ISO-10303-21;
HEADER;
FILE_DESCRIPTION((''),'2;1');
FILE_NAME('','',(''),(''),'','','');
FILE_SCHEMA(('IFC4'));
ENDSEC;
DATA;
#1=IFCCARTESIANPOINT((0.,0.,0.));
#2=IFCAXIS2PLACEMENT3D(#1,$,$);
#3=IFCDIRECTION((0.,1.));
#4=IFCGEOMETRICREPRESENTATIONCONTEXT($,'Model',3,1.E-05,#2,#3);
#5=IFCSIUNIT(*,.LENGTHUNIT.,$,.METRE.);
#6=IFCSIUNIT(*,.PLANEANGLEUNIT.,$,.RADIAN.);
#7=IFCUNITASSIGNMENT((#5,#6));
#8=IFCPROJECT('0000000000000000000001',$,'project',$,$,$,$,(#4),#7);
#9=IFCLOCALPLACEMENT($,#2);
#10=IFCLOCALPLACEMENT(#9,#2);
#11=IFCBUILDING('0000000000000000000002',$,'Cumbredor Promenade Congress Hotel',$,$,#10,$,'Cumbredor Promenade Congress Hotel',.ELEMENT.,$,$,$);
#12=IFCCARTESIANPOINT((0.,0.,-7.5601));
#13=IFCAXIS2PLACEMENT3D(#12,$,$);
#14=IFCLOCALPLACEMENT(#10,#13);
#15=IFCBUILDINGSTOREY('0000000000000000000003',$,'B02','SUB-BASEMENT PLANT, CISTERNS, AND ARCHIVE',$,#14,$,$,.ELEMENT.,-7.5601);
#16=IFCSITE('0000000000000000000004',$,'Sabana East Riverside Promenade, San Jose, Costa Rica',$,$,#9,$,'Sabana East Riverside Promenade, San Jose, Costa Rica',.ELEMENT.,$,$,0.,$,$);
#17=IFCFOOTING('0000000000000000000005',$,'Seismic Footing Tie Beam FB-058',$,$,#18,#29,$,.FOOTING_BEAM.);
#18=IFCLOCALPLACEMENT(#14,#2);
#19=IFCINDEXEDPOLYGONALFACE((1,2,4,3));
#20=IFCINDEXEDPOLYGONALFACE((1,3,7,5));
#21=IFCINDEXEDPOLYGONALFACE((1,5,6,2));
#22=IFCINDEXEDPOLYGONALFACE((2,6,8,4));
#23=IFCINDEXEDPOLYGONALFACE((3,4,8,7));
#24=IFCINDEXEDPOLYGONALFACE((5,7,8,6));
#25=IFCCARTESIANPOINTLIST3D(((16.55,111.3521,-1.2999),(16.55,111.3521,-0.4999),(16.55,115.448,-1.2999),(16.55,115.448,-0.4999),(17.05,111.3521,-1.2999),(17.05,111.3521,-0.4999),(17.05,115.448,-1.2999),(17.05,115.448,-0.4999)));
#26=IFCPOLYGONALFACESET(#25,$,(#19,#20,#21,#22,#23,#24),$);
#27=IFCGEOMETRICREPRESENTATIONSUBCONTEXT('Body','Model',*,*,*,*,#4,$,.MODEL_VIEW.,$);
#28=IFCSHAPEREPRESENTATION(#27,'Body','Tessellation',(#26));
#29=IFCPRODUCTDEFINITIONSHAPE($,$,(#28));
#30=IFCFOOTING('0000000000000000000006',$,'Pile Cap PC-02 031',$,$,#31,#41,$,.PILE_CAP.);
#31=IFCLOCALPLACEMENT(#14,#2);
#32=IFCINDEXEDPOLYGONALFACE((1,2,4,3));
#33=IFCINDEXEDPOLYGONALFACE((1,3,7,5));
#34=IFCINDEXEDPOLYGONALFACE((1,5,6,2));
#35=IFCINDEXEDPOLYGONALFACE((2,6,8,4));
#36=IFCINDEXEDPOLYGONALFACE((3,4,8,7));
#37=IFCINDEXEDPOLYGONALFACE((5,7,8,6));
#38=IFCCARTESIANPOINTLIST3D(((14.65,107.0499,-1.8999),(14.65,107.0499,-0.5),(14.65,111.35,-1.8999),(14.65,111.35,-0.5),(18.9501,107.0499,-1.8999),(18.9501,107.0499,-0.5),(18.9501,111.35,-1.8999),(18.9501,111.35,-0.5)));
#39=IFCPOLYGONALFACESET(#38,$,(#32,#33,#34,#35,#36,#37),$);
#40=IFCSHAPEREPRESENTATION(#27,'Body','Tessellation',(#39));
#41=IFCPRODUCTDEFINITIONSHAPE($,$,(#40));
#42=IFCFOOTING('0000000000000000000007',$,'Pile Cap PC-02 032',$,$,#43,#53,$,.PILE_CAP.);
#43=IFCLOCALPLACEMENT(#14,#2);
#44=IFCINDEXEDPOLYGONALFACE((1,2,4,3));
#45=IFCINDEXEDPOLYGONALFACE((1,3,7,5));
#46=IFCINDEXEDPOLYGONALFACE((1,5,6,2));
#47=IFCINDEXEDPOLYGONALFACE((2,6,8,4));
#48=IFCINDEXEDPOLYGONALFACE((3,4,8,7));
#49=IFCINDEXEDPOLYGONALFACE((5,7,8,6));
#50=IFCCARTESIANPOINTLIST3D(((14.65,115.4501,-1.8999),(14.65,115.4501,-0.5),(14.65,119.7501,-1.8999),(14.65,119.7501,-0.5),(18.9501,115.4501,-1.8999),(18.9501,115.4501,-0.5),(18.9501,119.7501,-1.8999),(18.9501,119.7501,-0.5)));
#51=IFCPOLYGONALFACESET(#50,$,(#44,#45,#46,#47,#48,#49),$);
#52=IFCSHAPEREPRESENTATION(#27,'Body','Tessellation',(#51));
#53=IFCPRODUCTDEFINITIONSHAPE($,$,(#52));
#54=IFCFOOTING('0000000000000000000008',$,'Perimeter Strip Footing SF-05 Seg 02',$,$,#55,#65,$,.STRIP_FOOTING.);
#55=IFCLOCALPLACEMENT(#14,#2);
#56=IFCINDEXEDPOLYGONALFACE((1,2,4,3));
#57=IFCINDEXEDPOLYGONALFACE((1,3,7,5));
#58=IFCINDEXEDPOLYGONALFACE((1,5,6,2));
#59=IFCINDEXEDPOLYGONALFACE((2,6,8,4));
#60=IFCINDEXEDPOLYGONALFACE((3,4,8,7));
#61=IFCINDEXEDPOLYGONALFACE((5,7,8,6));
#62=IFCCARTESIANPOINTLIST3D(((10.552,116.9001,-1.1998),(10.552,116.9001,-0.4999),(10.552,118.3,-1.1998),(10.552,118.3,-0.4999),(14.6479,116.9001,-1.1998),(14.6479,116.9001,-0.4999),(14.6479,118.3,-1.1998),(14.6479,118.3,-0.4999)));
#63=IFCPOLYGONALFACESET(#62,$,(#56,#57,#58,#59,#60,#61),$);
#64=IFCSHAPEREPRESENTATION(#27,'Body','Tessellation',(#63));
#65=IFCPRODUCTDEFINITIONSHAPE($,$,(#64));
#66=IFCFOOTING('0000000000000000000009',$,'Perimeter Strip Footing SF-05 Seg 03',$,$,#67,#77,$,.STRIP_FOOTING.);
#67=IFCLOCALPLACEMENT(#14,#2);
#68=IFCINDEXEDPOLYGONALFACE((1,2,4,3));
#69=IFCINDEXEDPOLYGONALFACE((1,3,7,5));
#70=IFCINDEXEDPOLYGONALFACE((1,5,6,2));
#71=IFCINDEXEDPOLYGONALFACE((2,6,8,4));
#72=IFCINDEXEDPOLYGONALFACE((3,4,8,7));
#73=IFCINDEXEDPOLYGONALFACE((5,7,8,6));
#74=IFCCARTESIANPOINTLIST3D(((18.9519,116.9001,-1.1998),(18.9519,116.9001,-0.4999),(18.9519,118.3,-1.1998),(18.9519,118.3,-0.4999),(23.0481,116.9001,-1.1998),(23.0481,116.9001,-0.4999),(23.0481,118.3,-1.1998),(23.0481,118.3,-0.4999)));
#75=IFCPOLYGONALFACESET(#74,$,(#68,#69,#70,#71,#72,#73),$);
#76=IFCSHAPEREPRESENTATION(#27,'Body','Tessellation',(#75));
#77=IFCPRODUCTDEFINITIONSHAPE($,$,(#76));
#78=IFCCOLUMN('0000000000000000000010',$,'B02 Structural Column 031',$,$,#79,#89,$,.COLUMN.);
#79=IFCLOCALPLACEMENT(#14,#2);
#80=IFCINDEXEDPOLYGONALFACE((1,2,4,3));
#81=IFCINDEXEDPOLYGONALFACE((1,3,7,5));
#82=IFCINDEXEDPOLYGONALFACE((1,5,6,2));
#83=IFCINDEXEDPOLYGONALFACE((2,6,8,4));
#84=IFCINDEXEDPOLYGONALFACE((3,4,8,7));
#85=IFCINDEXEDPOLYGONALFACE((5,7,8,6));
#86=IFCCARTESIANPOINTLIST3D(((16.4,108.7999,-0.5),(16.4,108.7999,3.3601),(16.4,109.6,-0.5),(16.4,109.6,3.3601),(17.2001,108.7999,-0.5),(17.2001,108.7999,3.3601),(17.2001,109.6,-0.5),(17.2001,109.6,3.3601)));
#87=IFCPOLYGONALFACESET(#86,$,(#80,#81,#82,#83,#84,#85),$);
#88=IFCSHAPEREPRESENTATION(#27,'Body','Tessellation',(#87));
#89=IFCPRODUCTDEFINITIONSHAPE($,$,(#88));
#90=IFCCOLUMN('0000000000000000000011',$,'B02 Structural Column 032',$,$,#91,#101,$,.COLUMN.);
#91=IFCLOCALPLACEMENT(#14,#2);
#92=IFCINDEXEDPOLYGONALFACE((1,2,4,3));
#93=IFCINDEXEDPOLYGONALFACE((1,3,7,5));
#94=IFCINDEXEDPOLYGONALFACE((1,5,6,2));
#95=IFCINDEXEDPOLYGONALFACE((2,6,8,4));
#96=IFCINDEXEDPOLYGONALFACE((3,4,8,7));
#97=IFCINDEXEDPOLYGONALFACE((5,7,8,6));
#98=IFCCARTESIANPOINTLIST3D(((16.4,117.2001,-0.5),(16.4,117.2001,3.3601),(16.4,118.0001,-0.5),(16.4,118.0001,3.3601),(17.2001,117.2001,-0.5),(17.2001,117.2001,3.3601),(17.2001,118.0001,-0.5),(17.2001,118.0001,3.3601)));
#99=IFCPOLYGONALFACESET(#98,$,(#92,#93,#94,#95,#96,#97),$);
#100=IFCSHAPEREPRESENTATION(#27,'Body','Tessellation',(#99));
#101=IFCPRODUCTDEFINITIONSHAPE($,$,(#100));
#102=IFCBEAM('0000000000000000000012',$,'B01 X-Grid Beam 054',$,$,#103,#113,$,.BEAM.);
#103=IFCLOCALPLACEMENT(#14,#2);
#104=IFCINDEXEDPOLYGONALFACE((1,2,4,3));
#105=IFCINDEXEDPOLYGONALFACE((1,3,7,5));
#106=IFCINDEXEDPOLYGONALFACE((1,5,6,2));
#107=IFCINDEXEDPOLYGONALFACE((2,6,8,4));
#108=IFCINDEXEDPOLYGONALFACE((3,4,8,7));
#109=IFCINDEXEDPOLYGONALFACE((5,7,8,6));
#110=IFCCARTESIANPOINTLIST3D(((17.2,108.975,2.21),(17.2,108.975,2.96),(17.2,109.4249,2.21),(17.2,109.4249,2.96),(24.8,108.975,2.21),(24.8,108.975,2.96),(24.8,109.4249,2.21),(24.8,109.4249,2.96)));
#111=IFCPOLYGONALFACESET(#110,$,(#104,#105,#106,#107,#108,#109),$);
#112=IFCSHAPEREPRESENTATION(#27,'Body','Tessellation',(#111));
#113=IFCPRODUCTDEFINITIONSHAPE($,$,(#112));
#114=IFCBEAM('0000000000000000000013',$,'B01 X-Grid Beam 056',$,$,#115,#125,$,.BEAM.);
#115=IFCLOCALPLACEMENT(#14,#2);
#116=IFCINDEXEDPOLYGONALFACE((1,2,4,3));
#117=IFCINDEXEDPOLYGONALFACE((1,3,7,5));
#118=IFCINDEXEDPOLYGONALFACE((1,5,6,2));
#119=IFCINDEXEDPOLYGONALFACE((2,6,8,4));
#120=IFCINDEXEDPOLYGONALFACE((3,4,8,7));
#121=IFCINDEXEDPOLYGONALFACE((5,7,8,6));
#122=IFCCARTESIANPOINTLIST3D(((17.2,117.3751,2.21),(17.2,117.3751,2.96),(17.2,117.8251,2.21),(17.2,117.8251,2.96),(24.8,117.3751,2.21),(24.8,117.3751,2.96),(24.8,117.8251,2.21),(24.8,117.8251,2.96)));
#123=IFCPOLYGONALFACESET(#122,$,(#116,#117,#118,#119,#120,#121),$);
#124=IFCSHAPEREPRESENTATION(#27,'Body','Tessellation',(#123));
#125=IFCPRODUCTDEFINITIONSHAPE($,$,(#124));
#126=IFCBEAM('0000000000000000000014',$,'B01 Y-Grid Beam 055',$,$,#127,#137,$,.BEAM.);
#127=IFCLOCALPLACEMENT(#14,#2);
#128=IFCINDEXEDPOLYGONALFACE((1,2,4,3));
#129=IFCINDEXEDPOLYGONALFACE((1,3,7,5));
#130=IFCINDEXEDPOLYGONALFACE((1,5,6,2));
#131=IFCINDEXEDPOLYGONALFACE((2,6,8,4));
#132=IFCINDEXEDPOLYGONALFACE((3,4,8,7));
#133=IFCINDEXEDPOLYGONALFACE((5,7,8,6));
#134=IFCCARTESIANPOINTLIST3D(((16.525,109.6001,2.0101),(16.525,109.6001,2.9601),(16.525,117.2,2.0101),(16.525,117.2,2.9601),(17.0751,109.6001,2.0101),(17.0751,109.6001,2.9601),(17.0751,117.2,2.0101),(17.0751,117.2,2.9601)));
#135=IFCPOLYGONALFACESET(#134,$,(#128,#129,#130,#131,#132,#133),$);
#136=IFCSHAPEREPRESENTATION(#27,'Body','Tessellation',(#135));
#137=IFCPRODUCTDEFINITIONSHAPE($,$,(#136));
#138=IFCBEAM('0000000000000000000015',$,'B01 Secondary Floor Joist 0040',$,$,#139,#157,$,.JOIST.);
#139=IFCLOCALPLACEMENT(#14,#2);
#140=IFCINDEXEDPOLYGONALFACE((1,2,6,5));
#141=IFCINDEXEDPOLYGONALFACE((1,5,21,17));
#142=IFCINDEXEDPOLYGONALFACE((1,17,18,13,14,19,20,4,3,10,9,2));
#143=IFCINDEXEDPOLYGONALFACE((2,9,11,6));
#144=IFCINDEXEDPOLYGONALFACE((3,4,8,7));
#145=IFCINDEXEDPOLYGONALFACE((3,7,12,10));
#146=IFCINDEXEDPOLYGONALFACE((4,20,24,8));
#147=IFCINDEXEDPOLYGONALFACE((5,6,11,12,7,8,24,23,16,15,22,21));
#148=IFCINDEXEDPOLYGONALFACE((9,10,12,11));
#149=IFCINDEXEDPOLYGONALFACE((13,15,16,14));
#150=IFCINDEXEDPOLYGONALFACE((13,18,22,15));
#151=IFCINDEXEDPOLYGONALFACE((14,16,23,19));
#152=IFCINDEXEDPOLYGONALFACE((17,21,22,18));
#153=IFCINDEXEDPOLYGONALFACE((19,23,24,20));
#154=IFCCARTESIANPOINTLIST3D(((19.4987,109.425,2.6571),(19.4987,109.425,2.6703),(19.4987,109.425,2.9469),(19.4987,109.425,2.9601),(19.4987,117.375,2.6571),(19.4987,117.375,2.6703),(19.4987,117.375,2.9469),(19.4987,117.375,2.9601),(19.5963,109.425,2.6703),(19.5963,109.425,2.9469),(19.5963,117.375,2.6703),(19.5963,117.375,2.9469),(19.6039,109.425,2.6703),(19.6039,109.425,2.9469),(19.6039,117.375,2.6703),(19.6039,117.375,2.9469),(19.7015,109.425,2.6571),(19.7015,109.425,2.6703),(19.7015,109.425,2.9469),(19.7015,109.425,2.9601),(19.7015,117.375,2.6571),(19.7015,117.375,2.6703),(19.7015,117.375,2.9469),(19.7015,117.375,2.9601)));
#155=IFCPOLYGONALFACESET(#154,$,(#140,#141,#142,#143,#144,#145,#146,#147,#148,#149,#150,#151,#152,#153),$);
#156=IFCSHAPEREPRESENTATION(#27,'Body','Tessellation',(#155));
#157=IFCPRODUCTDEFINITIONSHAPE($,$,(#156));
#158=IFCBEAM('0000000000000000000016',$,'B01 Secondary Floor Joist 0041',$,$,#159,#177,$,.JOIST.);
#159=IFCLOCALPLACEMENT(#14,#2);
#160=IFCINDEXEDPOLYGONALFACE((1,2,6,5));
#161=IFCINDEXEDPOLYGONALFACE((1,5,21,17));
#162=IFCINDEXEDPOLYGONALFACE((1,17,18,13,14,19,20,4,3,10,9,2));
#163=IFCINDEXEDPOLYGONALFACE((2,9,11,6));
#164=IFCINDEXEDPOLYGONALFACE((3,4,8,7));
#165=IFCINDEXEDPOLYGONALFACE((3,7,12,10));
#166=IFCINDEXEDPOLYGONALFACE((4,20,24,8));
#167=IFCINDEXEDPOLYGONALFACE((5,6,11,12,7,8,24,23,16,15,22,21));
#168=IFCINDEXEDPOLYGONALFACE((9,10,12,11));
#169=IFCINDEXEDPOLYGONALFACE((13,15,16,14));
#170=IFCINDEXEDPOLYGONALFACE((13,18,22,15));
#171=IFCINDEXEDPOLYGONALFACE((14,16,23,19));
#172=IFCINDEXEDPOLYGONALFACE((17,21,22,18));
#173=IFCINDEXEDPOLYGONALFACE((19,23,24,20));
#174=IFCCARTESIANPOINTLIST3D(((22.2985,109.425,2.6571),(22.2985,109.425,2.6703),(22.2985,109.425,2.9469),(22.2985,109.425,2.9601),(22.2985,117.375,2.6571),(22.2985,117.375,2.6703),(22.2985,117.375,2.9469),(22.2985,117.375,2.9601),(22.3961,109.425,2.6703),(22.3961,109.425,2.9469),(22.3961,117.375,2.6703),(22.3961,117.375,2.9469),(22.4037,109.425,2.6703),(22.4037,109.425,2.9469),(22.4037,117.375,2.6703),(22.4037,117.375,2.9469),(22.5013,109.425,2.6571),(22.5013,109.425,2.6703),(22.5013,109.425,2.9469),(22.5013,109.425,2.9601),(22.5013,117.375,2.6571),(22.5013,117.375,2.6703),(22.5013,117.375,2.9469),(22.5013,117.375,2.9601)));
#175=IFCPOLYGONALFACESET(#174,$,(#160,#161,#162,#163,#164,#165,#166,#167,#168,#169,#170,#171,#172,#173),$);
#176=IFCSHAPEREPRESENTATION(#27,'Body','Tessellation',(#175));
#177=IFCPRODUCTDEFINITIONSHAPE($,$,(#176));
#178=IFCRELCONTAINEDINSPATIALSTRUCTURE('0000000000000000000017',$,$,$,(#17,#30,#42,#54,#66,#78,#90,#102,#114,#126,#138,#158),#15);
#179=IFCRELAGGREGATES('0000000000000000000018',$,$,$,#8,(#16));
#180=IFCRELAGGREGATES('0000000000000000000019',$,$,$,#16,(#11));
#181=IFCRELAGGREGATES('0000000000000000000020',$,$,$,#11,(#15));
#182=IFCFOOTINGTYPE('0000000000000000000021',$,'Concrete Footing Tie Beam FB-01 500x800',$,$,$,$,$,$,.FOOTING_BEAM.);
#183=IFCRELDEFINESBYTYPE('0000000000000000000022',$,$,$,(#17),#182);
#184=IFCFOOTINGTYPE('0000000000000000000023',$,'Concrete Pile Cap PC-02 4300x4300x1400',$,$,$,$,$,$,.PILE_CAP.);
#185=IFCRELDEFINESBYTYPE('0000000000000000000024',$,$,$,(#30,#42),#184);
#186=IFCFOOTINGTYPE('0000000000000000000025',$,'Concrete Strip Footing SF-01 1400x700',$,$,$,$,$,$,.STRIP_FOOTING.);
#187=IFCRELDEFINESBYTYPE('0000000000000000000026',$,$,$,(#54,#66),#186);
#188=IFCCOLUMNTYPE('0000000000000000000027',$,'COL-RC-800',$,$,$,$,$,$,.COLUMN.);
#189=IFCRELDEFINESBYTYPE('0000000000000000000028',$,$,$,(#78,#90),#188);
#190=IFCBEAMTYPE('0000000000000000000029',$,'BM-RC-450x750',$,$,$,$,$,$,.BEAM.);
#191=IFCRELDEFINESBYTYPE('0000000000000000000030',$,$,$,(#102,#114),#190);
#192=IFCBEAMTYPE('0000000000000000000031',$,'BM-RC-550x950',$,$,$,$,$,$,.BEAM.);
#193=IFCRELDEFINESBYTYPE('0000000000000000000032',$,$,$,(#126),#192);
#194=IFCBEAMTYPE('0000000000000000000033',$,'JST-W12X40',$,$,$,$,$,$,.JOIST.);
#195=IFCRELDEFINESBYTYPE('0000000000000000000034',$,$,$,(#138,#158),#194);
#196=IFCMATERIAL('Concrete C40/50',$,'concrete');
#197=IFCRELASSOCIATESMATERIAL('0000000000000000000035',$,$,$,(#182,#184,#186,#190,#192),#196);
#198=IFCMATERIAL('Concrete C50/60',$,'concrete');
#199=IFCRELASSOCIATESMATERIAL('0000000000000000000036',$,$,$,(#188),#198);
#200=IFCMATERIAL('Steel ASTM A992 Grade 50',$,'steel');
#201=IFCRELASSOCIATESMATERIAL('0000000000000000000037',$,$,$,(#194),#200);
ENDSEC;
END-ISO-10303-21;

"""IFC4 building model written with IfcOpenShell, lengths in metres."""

from ifc_helpers import new_model, si_unit, direction, frame, origin, origin_2d, place, context, subcontext, project, spatial, rectangle, i_section, extrude, material, material_profile, profile_set, type_object, element, save


model = new_model("IFC4")

# Units and contexts
model_context = context("Model", 3, precision=1e-05, world=origin(), true_north=direction((0.0, 1.0)))
body_context = subcontext(model_context, "Body", "Model", "MODEL_VIEW")
ifc_project = project(units=[si_unit("LENGTHUNIT", "METRE"), si_unit("PLANEANGLEUNIT", "RADIAN")], contexts=[model_context])

# Site, building, storey
site_placement = place(None, origin())
site = spatial("IfcSite", under=ifc_project, at=site_placement, Name="Sabana East Riverside Promenade, San Jose, Costa Rica", LongName="Sabana East Riverside Promenade, San Jose, Costa Rica", CompositionType="ELEMENT", RefElevation=0.0)
building_placement = place(site_placement, origin())
building = spatial("IfcBuilding", under=site, at=building_placement, Name="Cumbredor Promenade Congress Hotel", LongName="Cumbredor Promenade Congress Hotel", CompositionType="ELEMENT")
storey_placement = place(building_placement, frame((0.0, 0.0, -7.5601)))
storey = spatial("IfcBuildingStorey", under=building, at=storey_placement, Name="B02", Description="SUB-BASEMENT PLANT, CISTERNS, AND ARCHIVE", CompositionType="ELEMENT", Elevation=-7.5601)

# Shared definitions
ifc_material_1 = material(Name="Concrete C40/50", Category="concrete")

# Footings
ifc_material_profile_1 = material_profile(ifc_material_1, rectangle(XDim=0.5, YDim=0.8, at=origin_2d()), Name="FB 500x800")
ifc_profile_set_1 = profile_set([ifc_material_profile_1], Name="Concrete C40/50")
footing_type_1 = type_object("IfcFootingType", Name="Concrete Footing Tie Beam FB-01 500x800", PredefinedType="FOOTING_BEAM", material=ifc_profile_set_1)
footing_1_placement = place(storey_placement, frame((16.8, 111.3521, -0.8999), z_axis=(0.0, 1.0, 0.0), x_axis=(-1.0, 0.0, 0.0)))
element("IfcFooting", 1, at=footing_1_placement, inside=storey, type_object=footing_type_1, Name="Seismic Footing Tie Beam FB-058", PredefinedType="FOOTING_BEAM", context=body_context, shape_type="SweptSolid", body=[
    extrude(rectangle(XDim=0.5, YDim=0.8, at=origin_2d()), origin(), (0.0, 0.0, 1.0), 4.0959),
])
footing_type_2 = type_object("IfcFootingType", Name="Concrete Pile Cap PC-02 4300x4300x1400", PredefinedType="PILE_CAP", material=ifc_material_1)
for number, where, z_axis, x_axis, name in (
    (2, (16.8, 109.2, -1.8999), (0.0, 0.0, 1.0), (1.0, 0.0, 0.0), "Pile Cap PC-02 031"),
    (3, (16.8, 117.6001, -1.8999), (0.0, 0.0, 1.0), (1.0, 0.0, 0.0), "Pile Cap PC-02 032"),
):
    element("IfcFooting", number, at=place(storey_placement, frame(where, z_axis=z_axis, x_axis=x_axis)), inside=storey, type_object=footing_type_2, Name=name, PredefinedType="PILE_CAP", context=body_context, shape_type="SweptSolid", body=[
        extrude(rectangle(XDim=4.3, YDim=4.3, at=origin_2d()), origin(), (0.0, 0.0, 1.0), 1.3999),
    ])
ifc_material_profile_2 = material_profile(ifc_material_1, rectangle(XDim=1.3999, YDim=0.7, at=origin_2d()), Name="SF 1400x700")
ifc_profile_set_2 = profile_set([ifc_material_profile_2], Name="Concrete C40/50")
footing_type_3 = type_object("IfcFootingType", Name="Concrete Strip Footing SF-01 1400x700", PredefinedType="STRIP_FOOTING", material=ifc_profile_set_2)
footing_2_placement = place(storey_placement, frame((10.552, 117.6001, -0.8499), z_axis=(1.0, 0.0, 0.0), x_axis=(0.0, 1.0, 0.0)))
element("IfcFooting", 4, at=footing_2_placement, inside=storey, type_object=footing_type_3, Name="Perimeter Strip Footing SF-05 Seg 02", PredefinedType="STRIP_FOOTING", context=body_context, shape_type="SweptSolid", body=[
    extrude(rectangle(XDim=1.3999, YDim=0.7, at=origin_2d()), origin(), (0.0, 0.0, 1.0), 4.0959),
])
footing_3_placement = place(storey_placement, frame((18.9519, 117.6001, -0.8499), z_axis=(1.0, 0.0, 0.0), x_axis=(0.0, 1.0, 0.0)))
element("IfcFooting", 5, at=footing_3_placement, inside=storey, type_object=footing_type_3, Name="Perimeter Strip Footing SF-05 Seg 03", PredefinedType="STRIP_FOOTING", context=body_context, shape_type="SweptSolid", body=[
    extrude(rectangle(XDim=1.3999, YDim=0.7, at=origin_2d()), origin(), (0.0, 0.0, 1.0), 4.0962),
])

# Columns
ifc_material_2 = material(Name="Concrete C50/60", Category="concrete")
ifc_material_profile_3 = material_profile(ifc_material_2, rectangle(XDim=0.8, YDim=0.8, at=origin_2d()), Name="RC 800x800")
ifc_profile_set_3 = profile_set([ifc_material_profile_3], Name="Concrete C50/60")
column_type = type_object("IfcColumnType", Name="COL-RC-800", PredefinedType="COLUMN", material=ifc_profile_set_3)
for number, where, z_axis, x_axis, name in (
    (6, (16.8, 109.2, -0.5), (0.0, 0.0, 1.0), (1.0, 0.0, 0.0), "B02 Structural Column 031"),
    (7, (16.8, 117.6001, -0.5), (0.0, 0.0, 1.0), (1.0, 0.0, 0.0), "B02 Structural Column 032"),
):
    element("IfcColumn", number, at=place(storey_placement, frame(where, z_axis=z_axis, x_axis=x_axis)), inside=storey, type_object=column_type, Name=name, PredefinedType="COLUMN", context=body_context, shape_type="SweptSolid", body=[
        extrude(rectangle(XDim=0.8, YDim=0.8, at=origin_2d()), origin(), (0.0, 0.0, 1.0), 3.8601),
    ])

# Beams
ifc_material_profile_4 = material_profile(ifc_material_1, rectangle(XDim=0.45, YDim=0.75, at=origin_2d()), Name="RC BEAM 450x750")
ifc_profile_set_4 = profile_set([ifc_material_profile_4], Name="Concrete C40/50")
beam_type_1 = type_object("IfcBeamType", Name="BM-RC-450x750", PredefinedType="BEAM", material=ifc_profile_set_4)
for number, where, z_axis, x_axis, name in (
    (8, (17.2, 109.2, 2.585), (1.0, 0.0, 0.0), (0.0, 1.0, 0.0), "B01 X-Grid Beam 054"),
    (9, (17.2, 117.6001, 2.585), (1.0, 0.0, 0.0), (0.0, 1.0, 0.0), "B01 X-Grid Beam 056"),
):
    element("IfcBeam", number, at=place(storey_placement, frame(where, z_axis=z_axis, x_axis=x_axis)), inside=storey, type_object=beam_type_1, Name=name, PredefinedType="BEAM", context=body_context, shape_type="SweptSolid", body=[
        extrude(rectangle(XDim=0.45, YDim=0.75, at=origin_2d()), origin(), (0.0, 0.0, 1.0), 7.6001),
    ])
ifc_material_profile_5 = material_profile(ifc_material_1, rectangle(XDim=0.55, YDim=0.95, at=origin_2d()), Name="RC BEAM 550x950")
ifc_profile_set_5 = profile_set([ifc_material_profile_5], Name="Concrete C40/50")
beam_type_2 = type_object("IfcBeamType", Name="BM-RC-550x950", PredefinedType="BEAM", material=ifc_profile_set_5)
beam_placement = place(storey_placement, frame((16.8, 109.6001, 2.4851), z_axis=(0.0, 1.0, 0.0), x_axis=(-1.0, 0.0, 0.0)))
element("IfcBeam", 10, at=beam_placement, inside=storey, type_object=beam_type_2, Name="B01 Y-Grid Beam 055", PredefinedType="BEAM", context=body_context, shape_type="SweptSolid", body=[
    extrude(rectangle(XDim=0.55, YDim=0.95, at=origin_2d()), origin(), (0.0, 0.0, 1.0), 7.5999),
])
ifc_material_3 = material(Name="Steel ASTM A992 Grade 50", Category="steel")
ifc_material_profile_6 = material_profile(ifc_material_3, i_section(OverallWidth=0.2029, OverallDepth=0.303, WebThickness=0.0076, FlangeThickness=0.0132, at=origin_2d()), Name="W12X40")
ifc_profile_set_6 = profile_set([ifc_material_profile_6], Name="Steel ASTM A992 Grade 50")
beam_type_3 = type_object("IfcBeamType", Name="JST-W12X40", PredefinedType="JOIST", material=ifc_profile_set_6)
for number, where, z_axis, x_axis, name in (
    (11, (19.6001, 109.425, 2.8086), (0.0, 1.0, 0.0), (-1.0, 0.0, 0.0), "B01 Secondary Floor Joist 0040"),
    (12, (22.3999, 109.425, 2.8086), (0.0, 1.0, 0.0), (-1.0, 0.0, 0.0), "B01 Secondary Floor Joist 0041"),
):
    element("IfcBeam", number, at=place(storey_placement, frame(where, z_axis=z_axis, x_axis=x_axis)), inside=storey, type_object=beam_type_3, Name=name, PredefinedType="JOIST", context=body_context, shape_type="SweptSolid", body=[
        extrude(i_section(OverallWidth=0.2029, OverallDepth=0.303, WebThickness=0.0076, FlangeThickness=0.0132, at=origin_2d()), origin(), (0.0, 0.0, 1.0), 7.95),
    ])

save(model, "model.ifc")
